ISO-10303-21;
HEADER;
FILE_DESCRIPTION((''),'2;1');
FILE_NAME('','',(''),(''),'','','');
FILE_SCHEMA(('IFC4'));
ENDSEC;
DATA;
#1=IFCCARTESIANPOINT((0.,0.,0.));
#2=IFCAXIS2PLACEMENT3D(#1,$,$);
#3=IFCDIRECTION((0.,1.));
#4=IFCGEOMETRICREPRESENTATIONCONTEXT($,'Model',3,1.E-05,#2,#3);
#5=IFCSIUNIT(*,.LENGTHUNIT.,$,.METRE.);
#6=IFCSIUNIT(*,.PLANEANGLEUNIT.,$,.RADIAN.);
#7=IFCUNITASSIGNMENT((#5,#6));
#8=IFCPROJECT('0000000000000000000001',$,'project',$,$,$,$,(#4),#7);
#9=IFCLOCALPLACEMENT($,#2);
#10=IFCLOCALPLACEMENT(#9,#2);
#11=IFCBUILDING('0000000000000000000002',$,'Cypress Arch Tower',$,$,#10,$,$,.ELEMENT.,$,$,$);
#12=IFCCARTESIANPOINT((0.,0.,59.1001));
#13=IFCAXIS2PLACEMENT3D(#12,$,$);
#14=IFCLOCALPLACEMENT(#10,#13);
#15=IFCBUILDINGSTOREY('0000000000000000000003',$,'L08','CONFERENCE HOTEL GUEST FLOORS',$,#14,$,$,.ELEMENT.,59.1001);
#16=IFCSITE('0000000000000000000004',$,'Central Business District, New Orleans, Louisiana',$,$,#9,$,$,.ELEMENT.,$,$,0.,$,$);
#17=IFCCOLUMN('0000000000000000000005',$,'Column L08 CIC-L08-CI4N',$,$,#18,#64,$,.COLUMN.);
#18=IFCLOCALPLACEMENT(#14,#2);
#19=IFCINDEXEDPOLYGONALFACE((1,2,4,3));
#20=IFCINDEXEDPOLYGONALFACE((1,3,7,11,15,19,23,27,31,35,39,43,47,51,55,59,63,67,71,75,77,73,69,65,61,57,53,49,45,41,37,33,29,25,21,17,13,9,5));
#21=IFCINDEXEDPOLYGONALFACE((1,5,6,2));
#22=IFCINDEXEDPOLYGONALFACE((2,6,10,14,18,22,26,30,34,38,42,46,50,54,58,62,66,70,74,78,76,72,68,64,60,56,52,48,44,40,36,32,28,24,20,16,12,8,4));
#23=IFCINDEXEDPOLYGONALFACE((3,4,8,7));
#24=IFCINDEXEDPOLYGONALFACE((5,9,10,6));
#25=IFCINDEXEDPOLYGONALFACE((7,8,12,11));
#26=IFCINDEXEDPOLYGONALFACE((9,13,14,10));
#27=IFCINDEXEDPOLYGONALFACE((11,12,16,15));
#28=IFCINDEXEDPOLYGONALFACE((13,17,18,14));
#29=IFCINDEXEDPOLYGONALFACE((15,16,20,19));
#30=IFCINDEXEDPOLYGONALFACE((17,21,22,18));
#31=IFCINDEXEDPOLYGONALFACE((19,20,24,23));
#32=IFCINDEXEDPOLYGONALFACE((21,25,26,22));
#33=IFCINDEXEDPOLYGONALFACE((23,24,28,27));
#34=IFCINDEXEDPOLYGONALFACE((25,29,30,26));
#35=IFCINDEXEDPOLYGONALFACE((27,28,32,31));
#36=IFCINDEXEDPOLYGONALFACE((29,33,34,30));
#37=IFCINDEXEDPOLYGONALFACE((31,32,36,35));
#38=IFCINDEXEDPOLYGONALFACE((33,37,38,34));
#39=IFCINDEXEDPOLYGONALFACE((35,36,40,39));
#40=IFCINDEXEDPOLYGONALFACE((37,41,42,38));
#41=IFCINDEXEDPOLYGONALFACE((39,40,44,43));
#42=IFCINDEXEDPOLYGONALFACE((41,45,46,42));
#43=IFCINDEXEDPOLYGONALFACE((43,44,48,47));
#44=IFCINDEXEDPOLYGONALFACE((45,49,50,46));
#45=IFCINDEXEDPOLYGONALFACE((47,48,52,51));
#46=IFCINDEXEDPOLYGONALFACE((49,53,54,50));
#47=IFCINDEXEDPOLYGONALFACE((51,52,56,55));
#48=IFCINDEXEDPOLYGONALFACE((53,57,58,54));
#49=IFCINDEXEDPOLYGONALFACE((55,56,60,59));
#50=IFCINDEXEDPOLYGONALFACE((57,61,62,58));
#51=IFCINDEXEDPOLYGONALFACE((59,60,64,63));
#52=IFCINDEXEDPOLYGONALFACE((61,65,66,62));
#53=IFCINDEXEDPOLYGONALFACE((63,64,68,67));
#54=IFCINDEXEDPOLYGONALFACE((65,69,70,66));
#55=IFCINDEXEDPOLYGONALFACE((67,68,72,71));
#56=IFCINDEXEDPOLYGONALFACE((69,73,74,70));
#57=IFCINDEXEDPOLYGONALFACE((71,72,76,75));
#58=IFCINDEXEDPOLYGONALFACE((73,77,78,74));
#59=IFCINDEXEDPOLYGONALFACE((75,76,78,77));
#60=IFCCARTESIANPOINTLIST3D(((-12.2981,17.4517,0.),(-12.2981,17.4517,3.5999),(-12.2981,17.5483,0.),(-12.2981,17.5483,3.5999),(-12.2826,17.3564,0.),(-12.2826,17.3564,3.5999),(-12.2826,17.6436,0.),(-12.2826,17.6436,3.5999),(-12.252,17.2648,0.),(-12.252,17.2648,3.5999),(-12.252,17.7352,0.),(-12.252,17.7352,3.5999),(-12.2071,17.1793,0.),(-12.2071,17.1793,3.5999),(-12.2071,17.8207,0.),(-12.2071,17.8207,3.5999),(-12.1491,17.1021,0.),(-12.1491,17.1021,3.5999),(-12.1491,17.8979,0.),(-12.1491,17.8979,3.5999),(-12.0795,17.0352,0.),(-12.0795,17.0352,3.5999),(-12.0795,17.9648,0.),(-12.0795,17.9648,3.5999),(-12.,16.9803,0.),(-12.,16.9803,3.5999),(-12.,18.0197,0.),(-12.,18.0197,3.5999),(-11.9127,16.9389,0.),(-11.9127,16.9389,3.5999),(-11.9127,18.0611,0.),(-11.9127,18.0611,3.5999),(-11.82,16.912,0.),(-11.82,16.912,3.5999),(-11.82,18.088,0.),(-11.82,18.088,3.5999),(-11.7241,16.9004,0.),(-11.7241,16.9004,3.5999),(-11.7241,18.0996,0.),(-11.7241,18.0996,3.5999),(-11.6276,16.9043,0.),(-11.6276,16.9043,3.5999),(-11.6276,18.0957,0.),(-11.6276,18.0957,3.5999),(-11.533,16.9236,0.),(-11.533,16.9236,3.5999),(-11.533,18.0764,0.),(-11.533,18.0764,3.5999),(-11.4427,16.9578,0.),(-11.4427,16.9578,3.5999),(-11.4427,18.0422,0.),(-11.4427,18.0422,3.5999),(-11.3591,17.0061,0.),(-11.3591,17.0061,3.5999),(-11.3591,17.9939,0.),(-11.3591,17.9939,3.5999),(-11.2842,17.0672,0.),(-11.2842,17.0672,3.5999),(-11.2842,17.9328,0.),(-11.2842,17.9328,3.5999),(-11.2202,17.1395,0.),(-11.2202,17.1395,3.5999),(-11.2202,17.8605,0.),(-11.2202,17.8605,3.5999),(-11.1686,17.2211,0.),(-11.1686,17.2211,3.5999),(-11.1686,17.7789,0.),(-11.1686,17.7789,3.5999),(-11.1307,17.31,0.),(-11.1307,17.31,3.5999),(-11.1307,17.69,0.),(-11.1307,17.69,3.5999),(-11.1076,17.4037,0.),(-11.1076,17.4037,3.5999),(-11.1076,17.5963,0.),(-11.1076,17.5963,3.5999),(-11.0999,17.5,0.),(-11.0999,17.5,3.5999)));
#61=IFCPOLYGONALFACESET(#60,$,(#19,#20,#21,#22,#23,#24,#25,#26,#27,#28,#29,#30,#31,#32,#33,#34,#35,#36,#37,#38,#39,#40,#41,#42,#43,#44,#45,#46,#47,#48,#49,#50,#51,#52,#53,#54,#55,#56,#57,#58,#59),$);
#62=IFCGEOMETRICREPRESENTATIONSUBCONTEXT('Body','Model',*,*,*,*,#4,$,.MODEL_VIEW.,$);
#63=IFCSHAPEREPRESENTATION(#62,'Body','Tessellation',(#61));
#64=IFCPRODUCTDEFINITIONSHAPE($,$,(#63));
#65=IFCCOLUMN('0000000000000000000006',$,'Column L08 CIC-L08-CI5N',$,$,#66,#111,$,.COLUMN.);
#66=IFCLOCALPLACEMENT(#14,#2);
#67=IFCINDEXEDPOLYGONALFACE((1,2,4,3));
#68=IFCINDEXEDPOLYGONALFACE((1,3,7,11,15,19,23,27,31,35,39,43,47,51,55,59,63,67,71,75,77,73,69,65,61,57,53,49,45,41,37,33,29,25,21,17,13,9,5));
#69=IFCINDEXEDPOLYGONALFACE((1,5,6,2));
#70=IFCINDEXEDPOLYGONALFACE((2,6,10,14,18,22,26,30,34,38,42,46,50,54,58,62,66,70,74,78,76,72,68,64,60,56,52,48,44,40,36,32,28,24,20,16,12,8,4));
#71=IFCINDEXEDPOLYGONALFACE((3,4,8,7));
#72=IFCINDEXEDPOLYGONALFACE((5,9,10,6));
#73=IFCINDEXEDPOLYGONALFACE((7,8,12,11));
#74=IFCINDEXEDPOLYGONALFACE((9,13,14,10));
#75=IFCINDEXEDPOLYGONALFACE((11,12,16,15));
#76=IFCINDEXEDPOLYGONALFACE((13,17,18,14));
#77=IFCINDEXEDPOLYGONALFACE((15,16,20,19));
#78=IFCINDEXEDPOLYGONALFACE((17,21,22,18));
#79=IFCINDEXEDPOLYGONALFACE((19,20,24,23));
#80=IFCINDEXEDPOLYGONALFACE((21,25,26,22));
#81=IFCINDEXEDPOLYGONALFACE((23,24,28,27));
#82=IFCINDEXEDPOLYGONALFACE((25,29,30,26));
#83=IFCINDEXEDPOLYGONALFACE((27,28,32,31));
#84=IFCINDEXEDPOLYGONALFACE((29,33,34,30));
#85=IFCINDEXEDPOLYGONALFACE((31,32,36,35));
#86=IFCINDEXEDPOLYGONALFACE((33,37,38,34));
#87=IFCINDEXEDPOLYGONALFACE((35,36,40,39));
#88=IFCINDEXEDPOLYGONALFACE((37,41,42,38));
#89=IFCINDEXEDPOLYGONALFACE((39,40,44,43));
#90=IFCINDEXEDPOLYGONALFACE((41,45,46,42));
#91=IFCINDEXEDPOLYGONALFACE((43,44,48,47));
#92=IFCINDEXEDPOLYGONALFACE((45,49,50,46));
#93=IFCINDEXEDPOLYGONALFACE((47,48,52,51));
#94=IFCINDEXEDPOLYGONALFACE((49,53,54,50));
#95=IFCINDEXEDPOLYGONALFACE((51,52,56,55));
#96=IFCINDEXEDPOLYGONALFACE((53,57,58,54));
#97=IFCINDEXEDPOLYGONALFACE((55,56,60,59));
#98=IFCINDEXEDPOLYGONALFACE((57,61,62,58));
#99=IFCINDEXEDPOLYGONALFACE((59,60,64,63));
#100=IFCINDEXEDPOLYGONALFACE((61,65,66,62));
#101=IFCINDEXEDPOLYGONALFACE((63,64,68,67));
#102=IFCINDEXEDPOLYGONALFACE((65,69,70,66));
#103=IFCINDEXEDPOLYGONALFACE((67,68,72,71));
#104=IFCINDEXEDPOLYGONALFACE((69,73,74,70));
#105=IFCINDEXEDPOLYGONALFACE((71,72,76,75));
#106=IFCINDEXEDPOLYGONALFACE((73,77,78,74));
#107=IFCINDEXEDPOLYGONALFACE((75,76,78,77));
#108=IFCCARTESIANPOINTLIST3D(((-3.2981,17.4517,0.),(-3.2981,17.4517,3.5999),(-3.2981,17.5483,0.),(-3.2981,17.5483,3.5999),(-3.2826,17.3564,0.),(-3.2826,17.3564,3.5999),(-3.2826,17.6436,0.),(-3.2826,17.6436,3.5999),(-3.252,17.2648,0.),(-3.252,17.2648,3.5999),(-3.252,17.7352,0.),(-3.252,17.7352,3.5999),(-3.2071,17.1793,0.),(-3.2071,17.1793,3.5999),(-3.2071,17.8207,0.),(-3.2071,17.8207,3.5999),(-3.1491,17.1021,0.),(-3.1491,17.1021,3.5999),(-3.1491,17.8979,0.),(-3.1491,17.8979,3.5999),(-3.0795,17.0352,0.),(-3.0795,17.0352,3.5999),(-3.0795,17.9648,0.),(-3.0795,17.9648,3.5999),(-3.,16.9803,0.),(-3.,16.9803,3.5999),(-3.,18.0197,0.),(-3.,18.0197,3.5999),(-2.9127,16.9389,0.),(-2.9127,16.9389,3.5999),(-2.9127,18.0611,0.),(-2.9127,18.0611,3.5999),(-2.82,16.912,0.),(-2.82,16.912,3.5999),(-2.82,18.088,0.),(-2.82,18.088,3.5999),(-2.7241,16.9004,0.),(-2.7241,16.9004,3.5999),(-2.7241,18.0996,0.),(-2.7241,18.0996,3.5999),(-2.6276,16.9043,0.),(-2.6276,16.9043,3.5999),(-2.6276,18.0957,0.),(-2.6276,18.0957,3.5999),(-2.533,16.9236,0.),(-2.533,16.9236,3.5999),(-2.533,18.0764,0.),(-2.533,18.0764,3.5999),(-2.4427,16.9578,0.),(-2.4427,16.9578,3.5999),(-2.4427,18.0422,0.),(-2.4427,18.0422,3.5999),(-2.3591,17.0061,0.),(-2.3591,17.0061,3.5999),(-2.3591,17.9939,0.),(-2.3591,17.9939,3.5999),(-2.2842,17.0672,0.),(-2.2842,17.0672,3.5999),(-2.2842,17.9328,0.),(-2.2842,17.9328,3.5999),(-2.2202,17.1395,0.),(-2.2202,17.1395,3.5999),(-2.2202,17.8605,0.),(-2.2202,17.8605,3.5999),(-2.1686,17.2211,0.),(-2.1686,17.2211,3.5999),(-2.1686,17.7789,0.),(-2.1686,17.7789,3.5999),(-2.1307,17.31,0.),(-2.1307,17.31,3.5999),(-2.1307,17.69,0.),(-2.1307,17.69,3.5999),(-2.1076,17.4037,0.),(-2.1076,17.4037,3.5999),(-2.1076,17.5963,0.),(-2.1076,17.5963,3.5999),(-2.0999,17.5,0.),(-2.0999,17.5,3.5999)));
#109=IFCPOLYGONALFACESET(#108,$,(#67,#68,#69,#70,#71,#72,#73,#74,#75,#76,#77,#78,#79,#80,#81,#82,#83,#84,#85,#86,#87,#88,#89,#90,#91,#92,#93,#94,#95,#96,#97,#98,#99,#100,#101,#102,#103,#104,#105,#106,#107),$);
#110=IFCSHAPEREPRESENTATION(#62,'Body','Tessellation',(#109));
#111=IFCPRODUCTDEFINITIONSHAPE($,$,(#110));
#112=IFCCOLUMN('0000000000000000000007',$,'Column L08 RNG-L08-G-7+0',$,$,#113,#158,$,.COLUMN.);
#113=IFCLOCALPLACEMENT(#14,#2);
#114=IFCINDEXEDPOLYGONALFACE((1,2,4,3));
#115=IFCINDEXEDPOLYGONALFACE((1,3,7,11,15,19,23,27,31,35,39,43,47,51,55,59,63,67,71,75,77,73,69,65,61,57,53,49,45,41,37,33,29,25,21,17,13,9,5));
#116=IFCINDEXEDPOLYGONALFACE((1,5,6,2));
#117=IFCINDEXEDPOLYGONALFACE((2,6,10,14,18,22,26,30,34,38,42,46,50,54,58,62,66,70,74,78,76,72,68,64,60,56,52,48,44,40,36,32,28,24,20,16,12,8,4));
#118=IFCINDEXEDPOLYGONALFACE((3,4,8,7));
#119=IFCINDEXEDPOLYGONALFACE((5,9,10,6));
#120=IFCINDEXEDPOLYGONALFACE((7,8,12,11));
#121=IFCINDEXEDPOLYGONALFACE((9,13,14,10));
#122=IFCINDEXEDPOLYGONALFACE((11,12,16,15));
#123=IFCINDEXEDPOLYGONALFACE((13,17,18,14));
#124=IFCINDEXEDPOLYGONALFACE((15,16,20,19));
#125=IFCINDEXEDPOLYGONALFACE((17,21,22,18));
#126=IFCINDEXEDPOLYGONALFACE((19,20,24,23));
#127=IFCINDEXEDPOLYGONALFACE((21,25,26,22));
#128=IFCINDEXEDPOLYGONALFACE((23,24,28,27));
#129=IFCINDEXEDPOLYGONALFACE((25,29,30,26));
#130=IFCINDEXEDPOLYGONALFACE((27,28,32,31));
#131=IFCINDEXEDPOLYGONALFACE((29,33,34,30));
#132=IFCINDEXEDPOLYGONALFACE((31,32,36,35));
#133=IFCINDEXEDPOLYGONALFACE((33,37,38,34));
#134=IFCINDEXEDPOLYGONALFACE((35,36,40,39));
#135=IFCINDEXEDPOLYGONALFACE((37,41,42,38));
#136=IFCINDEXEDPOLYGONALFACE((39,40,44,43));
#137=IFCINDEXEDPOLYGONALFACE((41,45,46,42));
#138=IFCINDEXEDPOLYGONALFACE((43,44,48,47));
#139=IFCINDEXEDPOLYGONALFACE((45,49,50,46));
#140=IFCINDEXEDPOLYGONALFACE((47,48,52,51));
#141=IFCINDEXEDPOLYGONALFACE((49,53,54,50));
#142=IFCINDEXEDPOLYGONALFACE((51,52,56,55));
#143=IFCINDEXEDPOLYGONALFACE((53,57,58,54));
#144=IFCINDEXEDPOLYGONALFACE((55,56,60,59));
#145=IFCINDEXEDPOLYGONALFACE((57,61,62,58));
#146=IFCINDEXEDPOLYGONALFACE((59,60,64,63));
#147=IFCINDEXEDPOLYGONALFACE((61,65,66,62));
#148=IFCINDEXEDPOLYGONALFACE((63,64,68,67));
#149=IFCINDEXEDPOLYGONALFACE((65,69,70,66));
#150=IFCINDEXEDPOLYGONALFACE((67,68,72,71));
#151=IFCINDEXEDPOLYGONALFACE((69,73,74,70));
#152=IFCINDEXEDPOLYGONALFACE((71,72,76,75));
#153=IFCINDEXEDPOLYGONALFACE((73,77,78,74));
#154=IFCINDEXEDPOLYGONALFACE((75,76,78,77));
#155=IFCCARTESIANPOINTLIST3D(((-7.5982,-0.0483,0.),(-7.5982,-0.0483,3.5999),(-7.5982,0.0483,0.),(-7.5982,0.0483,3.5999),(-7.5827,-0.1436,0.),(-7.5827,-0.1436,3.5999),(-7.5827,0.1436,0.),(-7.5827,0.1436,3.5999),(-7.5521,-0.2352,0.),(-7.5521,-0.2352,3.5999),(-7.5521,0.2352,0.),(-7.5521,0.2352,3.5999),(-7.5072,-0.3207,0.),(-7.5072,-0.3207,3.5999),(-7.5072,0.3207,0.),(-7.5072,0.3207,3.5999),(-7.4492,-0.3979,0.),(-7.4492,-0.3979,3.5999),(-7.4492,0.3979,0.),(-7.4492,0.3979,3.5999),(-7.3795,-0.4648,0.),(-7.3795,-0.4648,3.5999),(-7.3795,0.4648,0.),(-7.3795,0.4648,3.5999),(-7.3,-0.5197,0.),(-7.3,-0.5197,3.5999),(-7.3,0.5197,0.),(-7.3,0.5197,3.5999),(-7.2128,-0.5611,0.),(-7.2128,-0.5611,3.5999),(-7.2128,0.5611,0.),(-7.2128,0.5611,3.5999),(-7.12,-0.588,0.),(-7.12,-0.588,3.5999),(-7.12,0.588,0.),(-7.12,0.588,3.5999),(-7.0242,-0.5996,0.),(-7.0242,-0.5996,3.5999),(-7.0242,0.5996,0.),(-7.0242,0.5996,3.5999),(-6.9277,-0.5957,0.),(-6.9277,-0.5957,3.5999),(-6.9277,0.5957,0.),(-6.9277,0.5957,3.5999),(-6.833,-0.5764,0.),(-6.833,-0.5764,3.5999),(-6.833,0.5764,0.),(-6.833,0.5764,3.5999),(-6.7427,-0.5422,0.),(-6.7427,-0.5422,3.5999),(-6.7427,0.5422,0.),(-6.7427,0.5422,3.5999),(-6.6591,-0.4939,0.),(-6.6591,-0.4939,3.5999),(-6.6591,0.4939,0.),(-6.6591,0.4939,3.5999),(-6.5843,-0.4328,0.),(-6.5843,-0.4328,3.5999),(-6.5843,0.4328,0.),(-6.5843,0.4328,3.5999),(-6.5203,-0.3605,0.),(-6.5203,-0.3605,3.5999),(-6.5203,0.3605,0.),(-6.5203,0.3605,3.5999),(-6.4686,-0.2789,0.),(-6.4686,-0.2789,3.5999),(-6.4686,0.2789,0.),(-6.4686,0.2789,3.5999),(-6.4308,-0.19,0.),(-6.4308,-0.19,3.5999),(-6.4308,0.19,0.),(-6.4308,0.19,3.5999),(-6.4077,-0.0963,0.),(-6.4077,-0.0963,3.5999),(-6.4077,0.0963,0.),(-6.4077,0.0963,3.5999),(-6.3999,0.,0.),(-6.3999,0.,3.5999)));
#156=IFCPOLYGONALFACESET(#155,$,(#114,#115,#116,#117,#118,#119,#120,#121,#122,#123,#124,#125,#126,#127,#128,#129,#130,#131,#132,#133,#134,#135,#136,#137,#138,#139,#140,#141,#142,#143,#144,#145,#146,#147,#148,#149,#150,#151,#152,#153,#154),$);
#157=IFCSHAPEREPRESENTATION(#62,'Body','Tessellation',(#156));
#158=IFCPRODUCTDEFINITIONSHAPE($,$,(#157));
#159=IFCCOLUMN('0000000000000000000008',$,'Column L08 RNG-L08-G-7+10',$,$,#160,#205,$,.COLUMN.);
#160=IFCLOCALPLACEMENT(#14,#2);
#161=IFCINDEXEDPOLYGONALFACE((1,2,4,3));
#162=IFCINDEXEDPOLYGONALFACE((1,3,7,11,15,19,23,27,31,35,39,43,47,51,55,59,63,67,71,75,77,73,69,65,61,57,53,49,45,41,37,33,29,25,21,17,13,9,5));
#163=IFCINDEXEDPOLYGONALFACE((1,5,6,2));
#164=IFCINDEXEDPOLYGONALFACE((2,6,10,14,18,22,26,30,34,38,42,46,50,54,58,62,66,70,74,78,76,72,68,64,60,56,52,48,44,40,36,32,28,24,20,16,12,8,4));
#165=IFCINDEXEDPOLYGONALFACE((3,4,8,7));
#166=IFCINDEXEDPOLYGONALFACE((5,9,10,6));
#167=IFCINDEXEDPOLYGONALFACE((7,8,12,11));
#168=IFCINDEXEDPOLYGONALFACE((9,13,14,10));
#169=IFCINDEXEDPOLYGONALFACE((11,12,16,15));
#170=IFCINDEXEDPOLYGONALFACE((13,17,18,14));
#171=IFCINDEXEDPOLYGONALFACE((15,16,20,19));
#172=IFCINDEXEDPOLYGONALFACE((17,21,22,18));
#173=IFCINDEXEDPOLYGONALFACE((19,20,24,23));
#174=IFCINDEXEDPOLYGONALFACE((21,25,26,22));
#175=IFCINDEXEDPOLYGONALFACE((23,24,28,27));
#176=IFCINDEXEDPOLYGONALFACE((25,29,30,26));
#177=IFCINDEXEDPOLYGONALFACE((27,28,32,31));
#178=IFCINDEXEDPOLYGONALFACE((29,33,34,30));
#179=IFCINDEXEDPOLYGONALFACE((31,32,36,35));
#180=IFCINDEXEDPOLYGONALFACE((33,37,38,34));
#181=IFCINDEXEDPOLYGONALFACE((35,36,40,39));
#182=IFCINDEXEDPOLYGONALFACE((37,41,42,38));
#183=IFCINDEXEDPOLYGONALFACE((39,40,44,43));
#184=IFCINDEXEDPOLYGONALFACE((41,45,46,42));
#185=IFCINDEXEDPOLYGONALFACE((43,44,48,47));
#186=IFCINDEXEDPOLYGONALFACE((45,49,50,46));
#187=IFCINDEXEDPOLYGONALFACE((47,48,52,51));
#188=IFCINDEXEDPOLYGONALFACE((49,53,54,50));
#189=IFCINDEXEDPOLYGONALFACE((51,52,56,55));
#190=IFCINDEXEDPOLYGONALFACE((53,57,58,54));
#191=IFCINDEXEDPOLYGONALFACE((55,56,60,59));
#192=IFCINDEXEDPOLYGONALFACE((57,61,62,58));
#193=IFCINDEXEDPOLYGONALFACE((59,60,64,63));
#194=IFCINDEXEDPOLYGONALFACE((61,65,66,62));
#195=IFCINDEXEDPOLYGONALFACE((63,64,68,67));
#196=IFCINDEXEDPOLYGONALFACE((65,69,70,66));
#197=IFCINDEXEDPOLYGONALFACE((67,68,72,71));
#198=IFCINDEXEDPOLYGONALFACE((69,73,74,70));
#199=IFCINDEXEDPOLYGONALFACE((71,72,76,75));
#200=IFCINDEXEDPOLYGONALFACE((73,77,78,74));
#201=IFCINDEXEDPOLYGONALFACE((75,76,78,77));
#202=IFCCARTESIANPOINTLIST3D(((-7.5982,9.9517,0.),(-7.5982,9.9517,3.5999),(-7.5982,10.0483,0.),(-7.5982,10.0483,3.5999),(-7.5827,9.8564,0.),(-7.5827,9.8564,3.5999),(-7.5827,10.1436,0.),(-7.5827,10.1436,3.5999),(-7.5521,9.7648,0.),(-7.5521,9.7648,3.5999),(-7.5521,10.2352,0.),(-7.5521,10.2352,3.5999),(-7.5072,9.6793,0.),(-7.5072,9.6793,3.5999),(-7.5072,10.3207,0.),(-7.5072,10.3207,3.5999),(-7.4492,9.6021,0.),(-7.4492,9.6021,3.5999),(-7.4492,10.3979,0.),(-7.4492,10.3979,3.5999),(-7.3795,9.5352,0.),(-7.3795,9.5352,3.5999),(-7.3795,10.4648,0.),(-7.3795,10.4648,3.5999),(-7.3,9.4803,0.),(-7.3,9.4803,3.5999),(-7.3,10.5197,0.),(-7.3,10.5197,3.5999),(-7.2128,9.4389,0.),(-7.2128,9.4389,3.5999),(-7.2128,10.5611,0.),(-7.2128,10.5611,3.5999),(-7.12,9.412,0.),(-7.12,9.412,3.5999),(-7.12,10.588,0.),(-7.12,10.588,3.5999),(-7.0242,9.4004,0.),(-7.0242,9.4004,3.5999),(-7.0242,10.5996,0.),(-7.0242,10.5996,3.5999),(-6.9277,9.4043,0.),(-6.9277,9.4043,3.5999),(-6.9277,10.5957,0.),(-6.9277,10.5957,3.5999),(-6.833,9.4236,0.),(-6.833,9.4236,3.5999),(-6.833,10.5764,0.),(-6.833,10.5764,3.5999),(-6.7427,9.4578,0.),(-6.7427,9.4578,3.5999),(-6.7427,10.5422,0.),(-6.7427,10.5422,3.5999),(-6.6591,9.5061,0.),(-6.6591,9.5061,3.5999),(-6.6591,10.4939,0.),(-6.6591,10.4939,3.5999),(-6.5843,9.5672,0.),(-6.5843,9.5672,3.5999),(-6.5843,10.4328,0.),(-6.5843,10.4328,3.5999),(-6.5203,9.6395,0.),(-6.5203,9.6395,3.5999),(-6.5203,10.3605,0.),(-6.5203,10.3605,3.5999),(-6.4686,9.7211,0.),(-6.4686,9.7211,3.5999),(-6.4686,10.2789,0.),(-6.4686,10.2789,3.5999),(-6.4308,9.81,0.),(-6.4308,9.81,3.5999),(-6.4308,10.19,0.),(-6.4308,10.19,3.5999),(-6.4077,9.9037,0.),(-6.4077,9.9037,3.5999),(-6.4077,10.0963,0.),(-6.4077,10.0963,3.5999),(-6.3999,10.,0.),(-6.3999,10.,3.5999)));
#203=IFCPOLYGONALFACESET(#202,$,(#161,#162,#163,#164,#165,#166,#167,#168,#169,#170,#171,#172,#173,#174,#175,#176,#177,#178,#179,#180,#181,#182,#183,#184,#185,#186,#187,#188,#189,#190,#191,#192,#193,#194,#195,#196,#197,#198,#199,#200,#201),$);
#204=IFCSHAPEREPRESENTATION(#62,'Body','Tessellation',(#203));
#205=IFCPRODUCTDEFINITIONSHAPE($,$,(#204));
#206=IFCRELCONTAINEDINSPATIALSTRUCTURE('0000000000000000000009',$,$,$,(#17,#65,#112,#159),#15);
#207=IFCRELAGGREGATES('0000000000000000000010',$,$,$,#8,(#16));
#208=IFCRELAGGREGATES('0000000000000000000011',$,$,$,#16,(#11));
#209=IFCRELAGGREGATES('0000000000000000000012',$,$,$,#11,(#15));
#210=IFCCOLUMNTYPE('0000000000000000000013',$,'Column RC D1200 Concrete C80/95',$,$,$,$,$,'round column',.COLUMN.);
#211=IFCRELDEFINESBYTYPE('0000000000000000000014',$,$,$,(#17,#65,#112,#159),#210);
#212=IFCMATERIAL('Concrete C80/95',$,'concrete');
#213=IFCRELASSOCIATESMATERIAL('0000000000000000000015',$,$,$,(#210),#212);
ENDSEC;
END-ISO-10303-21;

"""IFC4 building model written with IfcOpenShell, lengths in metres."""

from ifc_helpers import new_model, si_unit, direction, frame, origin, origin_2d, place, context, subcontext, project, spatial, circle, extrude, material, material_profile, profile_set, type_object, element, save


model = new_model("IFC4")

# Units and contexts
model_context = context("Model", 3, precision=1e-05, world=origin(), true_north=direction((0.0, 1.0)))
body_context = subcontext(model_context, "Body", "Model", "MODEL_VIEW")
ifc_project = project(units=[si_unit("LENGTHUNIT", "METRE"), si_unit("PLANEANGLEUNIT", "RADIAN")], contexts=[model_context])

# Site, building, storey
site_placement = place(None, origin())
site = spatial("IfcSite", under=ifc_project, at=site_placement, Name="Central Business District, New Orleans, Louisiana", CompositionType="ELEMENT", RefElevation=0.0)
building_placement = place(site_placement, origin())
building = spatial("IfcBuilding", under=site, at=building_placement, Name="Cypress Arch Tower", CompositionType="ELEMENT")
storey_placement = place(building_placement, frame((0.0, 0.0, 59.1001)))
storey = spatial("IfcBuildingStorey", under=building, at=storey_placement, Name="L08", Description="CONFERENCE HOTEL GUEST FLOORS", CompositionType="ELEMENT", Elevation=59.1001)

# Columns
ifc_material_1 = material(Name="Concrete C80/95", Category="concrete")
ifc_material_profile_1 = material_profile(ifc_material_1, circle(Radius=0.6001, at=origin_2d()), Name="RC D1200")
ifc_profile_set_1 = profile_set([ifc_material_profile_1], Name="Concrete C80/95")
column_type = type_object("IfcColumnType", Name="Column RC D1200 Concrete C80/95", ElementType="round column", PredefinedType="COLUMN", material=ifc_profile_set_1)
for number, where, z_axis, x_axis, name in (
    (1, (-11.7, 17.5, 0.0), (0.0, 0.0, 1.0), (1.0, 0.0, 0.0), "Column L08 CIC-L08-CI4N"),
    (2, (-2.7, 17.5, 0.0), (0.0, 0.0, 1.0), (1.0, 0.0, 0.0), "Column L08 CIC-L08-CI5N"),
    (3, (-7.0, 0.0, 0.0), (0.0, 0.0, 1.0), (1.0, 0.0, 0.0), "Column L08 RNG-L08-G-7+0"),
    (4, (-7.0, 10.0, 0.0), (0.0, 0.0, 1.0), (1.0, 0.0, 0.0), "Column L08 RNG-L08-G-7+10"),
):
    element("IfcColumn", number, at=place(storey_placement, frame(where, z_axis=z_axis, x_axis=x_axis)), inside=storey, type_object=column_type, Name=name, PredefinedType="COLUMN", context=body_context, shape_type="SweptSolid", body=[
        extrude(circle(Radius=0.6001, at=origin_2d()), origin(), (0.0, 0.0, 1.0), 3.5999),
    ])

save(model, "model.ifc")
